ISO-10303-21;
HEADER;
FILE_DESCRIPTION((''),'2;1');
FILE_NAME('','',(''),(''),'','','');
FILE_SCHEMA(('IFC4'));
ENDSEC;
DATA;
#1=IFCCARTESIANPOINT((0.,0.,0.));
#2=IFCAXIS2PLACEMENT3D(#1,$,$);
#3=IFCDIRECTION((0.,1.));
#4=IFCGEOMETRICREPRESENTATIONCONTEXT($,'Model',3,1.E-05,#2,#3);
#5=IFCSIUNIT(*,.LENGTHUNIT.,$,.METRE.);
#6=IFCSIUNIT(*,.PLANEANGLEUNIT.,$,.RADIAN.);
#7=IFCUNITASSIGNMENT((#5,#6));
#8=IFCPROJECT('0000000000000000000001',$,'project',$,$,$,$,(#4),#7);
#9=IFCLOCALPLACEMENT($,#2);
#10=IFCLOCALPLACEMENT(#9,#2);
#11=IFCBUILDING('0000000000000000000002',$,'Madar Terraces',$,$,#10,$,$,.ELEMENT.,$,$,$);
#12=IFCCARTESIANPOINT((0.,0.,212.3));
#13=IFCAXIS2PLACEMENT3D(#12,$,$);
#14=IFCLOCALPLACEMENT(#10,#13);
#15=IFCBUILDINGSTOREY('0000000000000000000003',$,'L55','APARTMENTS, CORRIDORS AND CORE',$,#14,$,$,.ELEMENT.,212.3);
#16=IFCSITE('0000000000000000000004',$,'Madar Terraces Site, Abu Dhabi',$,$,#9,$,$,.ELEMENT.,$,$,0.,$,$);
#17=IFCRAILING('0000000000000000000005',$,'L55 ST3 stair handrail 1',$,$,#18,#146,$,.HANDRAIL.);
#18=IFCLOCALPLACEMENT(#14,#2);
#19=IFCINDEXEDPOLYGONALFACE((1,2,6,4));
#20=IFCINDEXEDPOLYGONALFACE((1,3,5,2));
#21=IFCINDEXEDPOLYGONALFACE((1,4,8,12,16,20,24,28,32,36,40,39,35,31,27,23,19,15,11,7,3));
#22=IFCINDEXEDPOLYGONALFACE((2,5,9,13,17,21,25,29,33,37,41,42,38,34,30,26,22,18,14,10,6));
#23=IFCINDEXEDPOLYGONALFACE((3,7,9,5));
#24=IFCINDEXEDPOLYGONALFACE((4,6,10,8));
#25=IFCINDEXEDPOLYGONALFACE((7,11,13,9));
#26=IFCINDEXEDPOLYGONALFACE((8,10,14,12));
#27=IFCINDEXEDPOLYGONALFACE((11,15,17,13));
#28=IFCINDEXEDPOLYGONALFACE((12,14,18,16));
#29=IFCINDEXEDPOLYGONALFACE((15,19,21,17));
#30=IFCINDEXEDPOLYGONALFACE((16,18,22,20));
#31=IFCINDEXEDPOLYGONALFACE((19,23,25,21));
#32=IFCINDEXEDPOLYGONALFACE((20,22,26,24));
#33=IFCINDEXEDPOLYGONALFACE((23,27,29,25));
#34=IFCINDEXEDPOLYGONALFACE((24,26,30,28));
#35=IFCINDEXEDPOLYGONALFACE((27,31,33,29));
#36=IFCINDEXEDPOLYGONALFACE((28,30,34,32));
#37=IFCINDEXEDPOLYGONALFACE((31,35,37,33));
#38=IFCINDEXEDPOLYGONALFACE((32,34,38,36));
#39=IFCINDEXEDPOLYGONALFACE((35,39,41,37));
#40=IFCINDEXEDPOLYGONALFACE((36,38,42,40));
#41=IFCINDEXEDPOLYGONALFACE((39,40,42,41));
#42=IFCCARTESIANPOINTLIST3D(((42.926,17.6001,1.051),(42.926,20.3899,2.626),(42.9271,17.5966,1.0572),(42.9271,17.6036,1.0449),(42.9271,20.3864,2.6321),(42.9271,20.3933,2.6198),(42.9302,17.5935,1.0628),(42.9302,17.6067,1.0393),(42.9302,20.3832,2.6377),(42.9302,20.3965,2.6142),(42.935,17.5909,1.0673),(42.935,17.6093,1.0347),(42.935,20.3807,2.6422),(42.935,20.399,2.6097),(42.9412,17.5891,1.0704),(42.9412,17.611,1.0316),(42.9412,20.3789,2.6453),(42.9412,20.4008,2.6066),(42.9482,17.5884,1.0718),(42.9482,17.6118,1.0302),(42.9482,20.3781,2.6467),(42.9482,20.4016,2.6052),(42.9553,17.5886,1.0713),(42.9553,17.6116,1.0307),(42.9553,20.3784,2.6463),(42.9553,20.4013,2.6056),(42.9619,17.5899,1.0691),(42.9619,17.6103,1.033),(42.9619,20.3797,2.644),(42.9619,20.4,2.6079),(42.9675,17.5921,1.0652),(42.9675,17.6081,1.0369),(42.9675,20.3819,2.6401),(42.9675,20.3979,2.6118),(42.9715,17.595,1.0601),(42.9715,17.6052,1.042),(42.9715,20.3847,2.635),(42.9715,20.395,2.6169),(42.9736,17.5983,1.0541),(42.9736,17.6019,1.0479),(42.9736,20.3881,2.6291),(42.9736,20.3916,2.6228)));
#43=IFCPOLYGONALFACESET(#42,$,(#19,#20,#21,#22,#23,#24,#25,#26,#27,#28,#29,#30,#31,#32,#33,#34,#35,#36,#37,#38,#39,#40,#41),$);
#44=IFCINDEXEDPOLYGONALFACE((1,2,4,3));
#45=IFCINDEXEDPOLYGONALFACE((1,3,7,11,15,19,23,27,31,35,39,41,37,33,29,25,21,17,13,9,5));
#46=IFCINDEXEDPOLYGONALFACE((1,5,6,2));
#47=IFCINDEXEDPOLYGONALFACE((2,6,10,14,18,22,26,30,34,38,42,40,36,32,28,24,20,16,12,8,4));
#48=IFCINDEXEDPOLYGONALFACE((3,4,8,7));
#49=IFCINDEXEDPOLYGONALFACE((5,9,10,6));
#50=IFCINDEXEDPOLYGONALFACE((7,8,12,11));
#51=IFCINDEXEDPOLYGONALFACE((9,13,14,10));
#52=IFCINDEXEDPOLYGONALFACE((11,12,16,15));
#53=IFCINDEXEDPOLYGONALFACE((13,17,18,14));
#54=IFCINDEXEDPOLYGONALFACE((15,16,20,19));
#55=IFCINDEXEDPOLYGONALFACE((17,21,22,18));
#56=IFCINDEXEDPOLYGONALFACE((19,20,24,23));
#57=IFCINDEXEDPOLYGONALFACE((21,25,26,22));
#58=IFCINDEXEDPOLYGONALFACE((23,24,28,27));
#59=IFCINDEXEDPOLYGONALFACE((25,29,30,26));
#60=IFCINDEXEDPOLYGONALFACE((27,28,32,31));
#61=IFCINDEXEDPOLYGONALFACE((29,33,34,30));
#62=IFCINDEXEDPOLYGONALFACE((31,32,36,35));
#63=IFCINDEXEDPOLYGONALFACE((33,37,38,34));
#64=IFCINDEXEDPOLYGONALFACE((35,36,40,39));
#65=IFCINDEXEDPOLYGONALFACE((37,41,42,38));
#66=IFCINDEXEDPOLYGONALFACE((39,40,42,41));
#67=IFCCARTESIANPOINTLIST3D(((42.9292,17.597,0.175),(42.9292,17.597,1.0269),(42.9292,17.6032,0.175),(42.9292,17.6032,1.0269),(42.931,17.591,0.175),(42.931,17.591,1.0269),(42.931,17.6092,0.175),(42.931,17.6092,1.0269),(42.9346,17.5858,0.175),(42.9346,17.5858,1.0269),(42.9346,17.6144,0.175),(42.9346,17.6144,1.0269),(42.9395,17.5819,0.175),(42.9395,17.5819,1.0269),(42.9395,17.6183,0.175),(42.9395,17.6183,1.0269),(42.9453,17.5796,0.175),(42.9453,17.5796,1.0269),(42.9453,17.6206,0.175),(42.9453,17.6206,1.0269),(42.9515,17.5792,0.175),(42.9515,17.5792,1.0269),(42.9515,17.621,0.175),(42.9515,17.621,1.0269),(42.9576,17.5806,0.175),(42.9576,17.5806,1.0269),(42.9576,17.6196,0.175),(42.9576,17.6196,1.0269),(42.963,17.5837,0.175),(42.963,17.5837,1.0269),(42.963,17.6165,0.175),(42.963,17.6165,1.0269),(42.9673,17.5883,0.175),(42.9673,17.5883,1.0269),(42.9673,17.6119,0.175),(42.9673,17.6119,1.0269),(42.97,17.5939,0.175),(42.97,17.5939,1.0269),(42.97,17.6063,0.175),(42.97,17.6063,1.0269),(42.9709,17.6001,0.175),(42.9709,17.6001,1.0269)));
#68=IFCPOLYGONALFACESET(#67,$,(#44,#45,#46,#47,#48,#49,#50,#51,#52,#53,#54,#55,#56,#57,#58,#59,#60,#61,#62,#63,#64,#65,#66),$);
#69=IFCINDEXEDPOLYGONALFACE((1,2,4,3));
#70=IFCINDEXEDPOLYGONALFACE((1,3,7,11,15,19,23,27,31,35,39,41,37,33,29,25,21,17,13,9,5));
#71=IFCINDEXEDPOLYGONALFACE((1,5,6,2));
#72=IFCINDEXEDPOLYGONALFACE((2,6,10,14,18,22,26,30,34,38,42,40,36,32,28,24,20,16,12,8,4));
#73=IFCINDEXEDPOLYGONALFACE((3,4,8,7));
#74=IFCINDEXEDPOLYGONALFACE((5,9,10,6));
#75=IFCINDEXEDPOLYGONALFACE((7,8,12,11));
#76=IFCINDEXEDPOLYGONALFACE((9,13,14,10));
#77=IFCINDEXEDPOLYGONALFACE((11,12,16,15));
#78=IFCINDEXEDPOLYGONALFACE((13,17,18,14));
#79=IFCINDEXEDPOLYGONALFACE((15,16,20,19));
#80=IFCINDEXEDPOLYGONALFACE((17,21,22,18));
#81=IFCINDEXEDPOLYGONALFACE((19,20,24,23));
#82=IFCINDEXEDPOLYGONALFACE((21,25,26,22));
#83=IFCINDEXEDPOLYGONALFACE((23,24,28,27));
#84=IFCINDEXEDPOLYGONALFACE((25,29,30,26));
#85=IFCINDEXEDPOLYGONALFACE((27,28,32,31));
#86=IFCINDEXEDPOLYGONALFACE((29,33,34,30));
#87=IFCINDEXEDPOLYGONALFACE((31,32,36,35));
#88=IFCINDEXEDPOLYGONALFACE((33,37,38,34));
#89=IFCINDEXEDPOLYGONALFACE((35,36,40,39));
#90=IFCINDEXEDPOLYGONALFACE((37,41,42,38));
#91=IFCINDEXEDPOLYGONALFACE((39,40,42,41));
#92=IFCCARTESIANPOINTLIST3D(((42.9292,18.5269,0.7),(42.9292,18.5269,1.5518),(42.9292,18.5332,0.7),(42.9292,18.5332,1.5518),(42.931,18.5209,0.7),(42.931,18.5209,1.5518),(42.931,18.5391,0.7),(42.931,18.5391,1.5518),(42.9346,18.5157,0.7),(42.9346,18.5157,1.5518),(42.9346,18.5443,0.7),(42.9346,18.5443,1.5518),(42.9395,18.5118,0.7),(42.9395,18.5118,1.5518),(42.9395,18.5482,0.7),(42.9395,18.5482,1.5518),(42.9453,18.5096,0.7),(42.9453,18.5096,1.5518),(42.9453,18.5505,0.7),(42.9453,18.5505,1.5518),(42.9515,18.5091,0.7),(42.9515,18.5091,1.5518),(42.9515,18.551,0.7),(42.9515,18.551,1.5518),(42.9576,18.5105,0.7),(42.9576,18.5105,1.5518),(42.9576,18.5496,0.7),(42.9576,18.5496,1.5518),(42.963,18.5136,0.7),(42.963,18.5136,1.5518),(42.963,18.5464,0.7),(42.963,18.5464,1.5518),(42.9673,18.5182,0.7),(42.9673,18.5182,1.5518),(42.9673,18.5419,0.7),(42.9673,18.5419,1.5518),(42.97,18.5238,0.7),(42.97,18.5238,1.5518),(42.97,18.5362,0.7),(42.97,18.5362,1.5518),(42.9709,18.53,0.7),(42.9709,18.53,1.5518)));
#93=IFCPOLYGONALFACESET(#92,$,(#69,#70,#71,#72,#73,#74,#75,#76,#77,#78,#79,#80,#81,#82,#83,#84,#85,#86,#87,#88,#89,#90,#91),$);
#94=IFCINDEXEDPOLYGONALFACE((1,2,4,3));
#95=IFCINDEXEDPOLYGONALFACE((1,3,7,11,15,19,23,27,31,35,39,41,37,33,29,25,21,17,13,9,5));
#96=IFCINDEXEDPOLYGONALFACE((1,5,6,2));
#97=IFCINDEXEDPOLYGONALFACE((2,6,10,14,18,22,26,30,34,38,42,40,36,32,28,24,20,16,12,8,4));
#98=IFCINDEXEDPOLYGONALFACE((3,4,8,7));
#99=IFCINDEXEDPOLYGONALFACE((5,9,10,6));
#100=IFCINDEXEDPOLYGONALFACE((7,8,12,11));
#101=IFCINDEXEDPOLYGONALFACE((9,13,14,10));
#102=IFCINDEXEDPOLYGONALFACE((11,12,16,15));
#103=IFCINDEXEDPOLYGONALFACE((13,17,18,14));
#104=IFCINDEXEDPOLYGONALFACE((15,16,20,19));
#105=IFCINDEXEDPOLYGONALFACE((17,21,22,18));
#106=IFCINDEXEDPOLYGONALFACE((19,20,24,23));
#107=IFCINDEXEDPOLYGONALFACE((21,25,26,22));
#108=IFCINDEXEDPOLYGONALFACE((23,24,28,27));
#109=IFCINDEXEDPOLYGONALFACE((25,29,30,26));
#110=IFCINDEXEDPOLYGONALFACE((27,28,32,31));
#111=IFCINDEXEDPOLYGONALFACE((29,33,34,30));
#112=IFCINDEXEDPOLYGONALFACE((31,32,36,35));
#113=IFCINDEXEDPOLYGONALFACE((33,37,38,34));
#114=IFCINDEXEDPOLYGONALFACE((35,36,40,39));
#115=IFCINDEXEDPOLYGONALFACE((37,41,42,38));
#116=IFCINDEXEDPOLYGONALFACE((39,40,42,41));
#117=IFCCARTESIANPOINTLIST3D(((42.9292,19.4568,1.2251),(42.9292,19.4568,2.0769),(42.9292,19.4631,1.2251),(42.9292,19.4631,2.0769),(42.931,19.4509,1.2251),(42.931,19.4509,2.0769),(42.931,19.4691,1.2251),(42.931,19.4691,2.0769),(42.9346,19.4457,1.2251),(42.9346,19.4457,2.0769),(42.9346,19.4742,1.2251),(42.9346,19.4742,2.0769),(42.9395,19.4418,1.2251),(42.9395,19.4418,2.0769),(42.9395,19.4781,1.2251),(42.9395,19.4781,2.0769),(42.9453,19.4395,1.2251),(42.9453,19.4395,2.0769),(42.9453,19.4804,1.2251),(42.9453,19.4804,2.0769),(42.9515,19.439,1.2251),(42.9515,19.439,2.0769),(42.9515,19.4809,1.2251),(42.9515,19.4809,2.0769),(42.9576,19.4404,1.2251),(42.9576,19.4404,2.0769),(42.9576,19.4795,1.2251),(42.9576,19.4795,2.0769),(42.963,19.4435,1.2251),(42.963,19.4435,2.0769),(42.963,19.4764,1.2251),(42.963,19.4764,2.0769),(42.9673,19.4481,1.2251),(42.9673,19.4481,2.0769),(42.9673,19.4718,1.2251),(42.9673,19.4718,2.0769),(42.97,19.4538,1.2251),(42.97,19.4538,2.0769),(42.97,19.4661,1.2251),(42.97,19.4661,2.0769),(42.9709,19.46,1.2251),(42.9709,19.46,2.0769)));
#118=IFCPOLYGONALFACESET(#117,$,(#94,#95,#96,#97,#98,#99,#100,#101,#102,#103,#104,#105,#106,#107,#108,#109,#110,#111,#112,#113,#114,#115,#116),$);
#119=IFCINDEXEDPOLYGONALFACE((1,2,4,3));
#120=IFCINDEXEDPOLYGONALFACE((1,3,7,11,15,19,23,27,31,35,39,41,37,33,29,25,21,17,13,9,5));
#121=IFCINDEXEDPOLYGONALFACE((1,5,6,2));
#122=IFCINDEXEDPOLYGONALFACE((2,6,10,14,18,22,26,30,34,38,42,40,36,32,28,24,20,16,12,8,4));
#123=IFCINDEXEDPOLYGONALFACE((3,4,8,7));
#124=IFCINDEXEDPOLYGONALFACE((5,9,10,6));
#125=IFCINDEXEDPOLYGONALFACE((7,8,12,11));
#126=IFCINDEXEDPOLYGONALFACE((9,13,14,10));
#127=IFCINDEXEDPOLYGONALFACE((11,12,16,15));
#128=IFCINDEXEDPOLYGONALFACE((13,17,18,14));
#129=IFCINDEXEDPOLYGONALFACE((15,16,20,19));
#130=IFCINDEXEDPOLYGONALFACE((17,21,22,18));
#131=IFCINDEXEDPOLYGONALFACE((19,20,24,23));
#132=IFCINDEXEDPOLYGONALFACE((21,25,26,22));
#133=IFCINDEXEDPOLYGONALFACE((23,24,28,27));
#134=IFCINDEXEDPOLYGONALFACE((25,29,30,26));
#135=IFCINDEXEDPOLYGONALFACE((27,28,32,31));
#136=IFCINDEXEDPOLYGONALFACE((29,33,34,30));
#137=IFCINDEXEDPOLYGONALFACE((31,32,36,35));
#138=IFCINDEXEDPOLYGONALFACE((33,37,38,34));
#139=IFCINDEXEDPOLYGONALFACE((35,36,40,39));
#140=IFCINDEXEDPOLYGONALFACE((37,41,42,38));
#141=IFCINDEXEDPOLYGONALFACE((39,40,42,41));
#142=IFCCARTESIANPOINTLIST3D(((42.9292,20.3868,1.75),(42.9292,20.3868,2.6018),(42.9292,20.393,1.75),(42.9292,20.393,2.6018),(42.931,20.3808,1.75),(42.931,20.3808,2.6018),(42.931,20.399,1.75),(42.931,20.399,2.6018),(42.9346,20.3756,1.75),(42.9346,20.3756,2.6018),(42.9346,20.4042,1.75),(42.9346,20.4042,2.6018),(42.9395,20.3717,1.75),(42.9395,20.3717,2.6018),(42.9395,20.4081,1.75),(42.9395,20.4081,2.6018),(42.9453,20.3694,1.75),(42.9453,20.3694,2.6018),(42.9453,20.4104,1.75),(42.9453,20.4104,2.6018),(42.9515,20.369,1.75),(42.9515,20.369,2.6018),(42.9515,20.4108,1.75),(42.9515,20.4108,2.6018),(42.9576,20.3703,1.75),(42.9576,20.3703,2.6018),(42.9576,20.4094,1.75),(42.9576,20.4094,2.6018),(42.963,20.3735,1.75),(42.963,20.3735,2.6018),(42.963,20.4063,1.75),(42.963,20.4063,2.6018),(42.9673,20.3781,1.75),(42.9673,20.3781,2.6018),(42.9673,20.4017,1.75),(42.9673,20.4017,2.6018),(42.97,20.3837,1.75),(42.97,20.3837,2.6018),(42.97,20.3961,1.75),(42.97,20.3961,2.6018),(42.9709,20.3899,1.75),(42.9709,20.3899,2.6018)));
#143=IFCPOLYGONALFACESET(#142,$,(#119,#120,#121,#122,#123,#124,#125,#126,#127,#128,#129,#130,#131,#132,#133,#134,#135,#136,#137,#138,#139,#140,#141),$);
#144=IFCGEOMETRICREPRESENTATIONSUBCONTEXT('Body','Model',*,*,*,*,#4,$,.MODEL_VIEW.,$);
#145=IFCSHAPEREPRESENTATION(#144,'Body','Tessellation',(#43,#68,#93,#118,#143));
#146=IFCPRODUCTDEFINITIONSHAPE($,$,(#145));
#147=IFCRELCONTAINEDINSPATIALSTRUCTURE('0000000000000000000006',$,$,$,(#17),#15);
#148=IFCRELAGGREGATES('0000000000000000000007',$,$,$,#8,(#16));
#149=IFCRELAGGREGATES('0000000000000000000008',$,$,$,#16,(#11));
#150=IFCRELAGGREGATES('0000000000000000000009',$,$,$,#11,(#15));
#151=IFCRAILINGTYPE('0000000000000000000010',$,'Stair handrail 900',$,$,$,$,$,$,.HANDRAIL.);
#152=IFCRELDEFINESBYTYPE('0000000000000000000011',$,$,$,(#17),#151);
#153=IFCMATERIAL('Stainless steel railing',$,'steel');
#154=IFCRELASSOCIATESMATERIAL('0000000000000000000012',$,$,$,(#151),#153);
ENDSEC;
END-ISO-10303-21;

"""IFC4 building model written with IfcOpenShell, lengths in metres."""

from ifc_helpers import new_model, si_unit, direction, frame, origin, origin_2d, place, context, subcontext, project, spatial, circle, extrude, material, type_object, element, save


model = new_model("IFC4")

# Units and contexts
model_context = context("Model", 3, precision=1e-05, world=origin(), true_north=direction((0.0, 1.0)))
body_context = subcontext(model_context, "Body", "Model", "MODEL_VIEW")
ifc_project = project(units=[si_unit("LENGTHUNIT", "METRE"), si_unit("PLANEANGLEUNIT", "RADIAN")], contexts=[model_context])

# Site, building, storey
site_placement = place(None, origin())
site = spatial("IfcSite", under=ifc_project, at=site_placement, Name="Madar Terraces Site, Abu Dhabi", CompositionType="ELEMENT", RefElevation=0.0)
building_placement = place(site_placement, origin())
building = spatial("IfcBuilding", under=site, at=building_placement, Name="Madar Terraces", CompositionType="ELEMENT")
storey_placement = place(building_placement, frame((0.0, 0.0, 212.3)))
storey = spatial("IfcBuildingStorey", under=building, at=storey_placement, Name="L55", Description="APARTMENTS, CORRIDORS AND CORE", CompositionType="ELEMENT", Elevation=212.3)

# Railing
ifc_material_1 = material(Name="Stainless steel railing", Category="steel")
railing_type_1 = type_object("IfcRailingType", Name="Stair handrail 900", PredefinedType="HANDRAIL", material=ifc_material_1)
railing_1_placement = place(storey_placement, frame((42.95, 17.6001, 0.175)))
element("IfcRailing", 1, at=railing_1_placement, inside=storey, type_object=railing_type_1, Name="L55 ST3 stair handrail 1", PredefinedType="HANDRAIL", context=body_context, shape_type="SweptSolid", body=[
    extrude(circle(Radius=0.0239, at=origin_2d()), frame((0.0, 0.0, 0.876), z_axis=(0.0, 0.870815, 0.49161), x_axis=(-1.0, 0.0, 0.0)), (0.0, 0.0, 1.0), 3.2036),
    extrude(circle(Radius=0.021, at=origin_2d()), origin(), (0.0, 0.0, 1.0), 0.8518),
    extrude(circle(Radius=0.021, at=origin_2d()), frame((0.0, 0.9299, 0.5249)), (0.0, 0.0, 1.0), 0.8518),
    extrude(circle(Radius=0.021, at=origin_2d()), frame((0.0, 1.8599, 1.05)), (0.0, 0.0, 1.0), 0.8518),
    extrude(circle(Radius=0.021, at=origin_2d()), frame((0.0, 2.7898, 1.575)), (0.0, 0.0, 1.0), 0.8518),
])

save(model, "model.ifc")
